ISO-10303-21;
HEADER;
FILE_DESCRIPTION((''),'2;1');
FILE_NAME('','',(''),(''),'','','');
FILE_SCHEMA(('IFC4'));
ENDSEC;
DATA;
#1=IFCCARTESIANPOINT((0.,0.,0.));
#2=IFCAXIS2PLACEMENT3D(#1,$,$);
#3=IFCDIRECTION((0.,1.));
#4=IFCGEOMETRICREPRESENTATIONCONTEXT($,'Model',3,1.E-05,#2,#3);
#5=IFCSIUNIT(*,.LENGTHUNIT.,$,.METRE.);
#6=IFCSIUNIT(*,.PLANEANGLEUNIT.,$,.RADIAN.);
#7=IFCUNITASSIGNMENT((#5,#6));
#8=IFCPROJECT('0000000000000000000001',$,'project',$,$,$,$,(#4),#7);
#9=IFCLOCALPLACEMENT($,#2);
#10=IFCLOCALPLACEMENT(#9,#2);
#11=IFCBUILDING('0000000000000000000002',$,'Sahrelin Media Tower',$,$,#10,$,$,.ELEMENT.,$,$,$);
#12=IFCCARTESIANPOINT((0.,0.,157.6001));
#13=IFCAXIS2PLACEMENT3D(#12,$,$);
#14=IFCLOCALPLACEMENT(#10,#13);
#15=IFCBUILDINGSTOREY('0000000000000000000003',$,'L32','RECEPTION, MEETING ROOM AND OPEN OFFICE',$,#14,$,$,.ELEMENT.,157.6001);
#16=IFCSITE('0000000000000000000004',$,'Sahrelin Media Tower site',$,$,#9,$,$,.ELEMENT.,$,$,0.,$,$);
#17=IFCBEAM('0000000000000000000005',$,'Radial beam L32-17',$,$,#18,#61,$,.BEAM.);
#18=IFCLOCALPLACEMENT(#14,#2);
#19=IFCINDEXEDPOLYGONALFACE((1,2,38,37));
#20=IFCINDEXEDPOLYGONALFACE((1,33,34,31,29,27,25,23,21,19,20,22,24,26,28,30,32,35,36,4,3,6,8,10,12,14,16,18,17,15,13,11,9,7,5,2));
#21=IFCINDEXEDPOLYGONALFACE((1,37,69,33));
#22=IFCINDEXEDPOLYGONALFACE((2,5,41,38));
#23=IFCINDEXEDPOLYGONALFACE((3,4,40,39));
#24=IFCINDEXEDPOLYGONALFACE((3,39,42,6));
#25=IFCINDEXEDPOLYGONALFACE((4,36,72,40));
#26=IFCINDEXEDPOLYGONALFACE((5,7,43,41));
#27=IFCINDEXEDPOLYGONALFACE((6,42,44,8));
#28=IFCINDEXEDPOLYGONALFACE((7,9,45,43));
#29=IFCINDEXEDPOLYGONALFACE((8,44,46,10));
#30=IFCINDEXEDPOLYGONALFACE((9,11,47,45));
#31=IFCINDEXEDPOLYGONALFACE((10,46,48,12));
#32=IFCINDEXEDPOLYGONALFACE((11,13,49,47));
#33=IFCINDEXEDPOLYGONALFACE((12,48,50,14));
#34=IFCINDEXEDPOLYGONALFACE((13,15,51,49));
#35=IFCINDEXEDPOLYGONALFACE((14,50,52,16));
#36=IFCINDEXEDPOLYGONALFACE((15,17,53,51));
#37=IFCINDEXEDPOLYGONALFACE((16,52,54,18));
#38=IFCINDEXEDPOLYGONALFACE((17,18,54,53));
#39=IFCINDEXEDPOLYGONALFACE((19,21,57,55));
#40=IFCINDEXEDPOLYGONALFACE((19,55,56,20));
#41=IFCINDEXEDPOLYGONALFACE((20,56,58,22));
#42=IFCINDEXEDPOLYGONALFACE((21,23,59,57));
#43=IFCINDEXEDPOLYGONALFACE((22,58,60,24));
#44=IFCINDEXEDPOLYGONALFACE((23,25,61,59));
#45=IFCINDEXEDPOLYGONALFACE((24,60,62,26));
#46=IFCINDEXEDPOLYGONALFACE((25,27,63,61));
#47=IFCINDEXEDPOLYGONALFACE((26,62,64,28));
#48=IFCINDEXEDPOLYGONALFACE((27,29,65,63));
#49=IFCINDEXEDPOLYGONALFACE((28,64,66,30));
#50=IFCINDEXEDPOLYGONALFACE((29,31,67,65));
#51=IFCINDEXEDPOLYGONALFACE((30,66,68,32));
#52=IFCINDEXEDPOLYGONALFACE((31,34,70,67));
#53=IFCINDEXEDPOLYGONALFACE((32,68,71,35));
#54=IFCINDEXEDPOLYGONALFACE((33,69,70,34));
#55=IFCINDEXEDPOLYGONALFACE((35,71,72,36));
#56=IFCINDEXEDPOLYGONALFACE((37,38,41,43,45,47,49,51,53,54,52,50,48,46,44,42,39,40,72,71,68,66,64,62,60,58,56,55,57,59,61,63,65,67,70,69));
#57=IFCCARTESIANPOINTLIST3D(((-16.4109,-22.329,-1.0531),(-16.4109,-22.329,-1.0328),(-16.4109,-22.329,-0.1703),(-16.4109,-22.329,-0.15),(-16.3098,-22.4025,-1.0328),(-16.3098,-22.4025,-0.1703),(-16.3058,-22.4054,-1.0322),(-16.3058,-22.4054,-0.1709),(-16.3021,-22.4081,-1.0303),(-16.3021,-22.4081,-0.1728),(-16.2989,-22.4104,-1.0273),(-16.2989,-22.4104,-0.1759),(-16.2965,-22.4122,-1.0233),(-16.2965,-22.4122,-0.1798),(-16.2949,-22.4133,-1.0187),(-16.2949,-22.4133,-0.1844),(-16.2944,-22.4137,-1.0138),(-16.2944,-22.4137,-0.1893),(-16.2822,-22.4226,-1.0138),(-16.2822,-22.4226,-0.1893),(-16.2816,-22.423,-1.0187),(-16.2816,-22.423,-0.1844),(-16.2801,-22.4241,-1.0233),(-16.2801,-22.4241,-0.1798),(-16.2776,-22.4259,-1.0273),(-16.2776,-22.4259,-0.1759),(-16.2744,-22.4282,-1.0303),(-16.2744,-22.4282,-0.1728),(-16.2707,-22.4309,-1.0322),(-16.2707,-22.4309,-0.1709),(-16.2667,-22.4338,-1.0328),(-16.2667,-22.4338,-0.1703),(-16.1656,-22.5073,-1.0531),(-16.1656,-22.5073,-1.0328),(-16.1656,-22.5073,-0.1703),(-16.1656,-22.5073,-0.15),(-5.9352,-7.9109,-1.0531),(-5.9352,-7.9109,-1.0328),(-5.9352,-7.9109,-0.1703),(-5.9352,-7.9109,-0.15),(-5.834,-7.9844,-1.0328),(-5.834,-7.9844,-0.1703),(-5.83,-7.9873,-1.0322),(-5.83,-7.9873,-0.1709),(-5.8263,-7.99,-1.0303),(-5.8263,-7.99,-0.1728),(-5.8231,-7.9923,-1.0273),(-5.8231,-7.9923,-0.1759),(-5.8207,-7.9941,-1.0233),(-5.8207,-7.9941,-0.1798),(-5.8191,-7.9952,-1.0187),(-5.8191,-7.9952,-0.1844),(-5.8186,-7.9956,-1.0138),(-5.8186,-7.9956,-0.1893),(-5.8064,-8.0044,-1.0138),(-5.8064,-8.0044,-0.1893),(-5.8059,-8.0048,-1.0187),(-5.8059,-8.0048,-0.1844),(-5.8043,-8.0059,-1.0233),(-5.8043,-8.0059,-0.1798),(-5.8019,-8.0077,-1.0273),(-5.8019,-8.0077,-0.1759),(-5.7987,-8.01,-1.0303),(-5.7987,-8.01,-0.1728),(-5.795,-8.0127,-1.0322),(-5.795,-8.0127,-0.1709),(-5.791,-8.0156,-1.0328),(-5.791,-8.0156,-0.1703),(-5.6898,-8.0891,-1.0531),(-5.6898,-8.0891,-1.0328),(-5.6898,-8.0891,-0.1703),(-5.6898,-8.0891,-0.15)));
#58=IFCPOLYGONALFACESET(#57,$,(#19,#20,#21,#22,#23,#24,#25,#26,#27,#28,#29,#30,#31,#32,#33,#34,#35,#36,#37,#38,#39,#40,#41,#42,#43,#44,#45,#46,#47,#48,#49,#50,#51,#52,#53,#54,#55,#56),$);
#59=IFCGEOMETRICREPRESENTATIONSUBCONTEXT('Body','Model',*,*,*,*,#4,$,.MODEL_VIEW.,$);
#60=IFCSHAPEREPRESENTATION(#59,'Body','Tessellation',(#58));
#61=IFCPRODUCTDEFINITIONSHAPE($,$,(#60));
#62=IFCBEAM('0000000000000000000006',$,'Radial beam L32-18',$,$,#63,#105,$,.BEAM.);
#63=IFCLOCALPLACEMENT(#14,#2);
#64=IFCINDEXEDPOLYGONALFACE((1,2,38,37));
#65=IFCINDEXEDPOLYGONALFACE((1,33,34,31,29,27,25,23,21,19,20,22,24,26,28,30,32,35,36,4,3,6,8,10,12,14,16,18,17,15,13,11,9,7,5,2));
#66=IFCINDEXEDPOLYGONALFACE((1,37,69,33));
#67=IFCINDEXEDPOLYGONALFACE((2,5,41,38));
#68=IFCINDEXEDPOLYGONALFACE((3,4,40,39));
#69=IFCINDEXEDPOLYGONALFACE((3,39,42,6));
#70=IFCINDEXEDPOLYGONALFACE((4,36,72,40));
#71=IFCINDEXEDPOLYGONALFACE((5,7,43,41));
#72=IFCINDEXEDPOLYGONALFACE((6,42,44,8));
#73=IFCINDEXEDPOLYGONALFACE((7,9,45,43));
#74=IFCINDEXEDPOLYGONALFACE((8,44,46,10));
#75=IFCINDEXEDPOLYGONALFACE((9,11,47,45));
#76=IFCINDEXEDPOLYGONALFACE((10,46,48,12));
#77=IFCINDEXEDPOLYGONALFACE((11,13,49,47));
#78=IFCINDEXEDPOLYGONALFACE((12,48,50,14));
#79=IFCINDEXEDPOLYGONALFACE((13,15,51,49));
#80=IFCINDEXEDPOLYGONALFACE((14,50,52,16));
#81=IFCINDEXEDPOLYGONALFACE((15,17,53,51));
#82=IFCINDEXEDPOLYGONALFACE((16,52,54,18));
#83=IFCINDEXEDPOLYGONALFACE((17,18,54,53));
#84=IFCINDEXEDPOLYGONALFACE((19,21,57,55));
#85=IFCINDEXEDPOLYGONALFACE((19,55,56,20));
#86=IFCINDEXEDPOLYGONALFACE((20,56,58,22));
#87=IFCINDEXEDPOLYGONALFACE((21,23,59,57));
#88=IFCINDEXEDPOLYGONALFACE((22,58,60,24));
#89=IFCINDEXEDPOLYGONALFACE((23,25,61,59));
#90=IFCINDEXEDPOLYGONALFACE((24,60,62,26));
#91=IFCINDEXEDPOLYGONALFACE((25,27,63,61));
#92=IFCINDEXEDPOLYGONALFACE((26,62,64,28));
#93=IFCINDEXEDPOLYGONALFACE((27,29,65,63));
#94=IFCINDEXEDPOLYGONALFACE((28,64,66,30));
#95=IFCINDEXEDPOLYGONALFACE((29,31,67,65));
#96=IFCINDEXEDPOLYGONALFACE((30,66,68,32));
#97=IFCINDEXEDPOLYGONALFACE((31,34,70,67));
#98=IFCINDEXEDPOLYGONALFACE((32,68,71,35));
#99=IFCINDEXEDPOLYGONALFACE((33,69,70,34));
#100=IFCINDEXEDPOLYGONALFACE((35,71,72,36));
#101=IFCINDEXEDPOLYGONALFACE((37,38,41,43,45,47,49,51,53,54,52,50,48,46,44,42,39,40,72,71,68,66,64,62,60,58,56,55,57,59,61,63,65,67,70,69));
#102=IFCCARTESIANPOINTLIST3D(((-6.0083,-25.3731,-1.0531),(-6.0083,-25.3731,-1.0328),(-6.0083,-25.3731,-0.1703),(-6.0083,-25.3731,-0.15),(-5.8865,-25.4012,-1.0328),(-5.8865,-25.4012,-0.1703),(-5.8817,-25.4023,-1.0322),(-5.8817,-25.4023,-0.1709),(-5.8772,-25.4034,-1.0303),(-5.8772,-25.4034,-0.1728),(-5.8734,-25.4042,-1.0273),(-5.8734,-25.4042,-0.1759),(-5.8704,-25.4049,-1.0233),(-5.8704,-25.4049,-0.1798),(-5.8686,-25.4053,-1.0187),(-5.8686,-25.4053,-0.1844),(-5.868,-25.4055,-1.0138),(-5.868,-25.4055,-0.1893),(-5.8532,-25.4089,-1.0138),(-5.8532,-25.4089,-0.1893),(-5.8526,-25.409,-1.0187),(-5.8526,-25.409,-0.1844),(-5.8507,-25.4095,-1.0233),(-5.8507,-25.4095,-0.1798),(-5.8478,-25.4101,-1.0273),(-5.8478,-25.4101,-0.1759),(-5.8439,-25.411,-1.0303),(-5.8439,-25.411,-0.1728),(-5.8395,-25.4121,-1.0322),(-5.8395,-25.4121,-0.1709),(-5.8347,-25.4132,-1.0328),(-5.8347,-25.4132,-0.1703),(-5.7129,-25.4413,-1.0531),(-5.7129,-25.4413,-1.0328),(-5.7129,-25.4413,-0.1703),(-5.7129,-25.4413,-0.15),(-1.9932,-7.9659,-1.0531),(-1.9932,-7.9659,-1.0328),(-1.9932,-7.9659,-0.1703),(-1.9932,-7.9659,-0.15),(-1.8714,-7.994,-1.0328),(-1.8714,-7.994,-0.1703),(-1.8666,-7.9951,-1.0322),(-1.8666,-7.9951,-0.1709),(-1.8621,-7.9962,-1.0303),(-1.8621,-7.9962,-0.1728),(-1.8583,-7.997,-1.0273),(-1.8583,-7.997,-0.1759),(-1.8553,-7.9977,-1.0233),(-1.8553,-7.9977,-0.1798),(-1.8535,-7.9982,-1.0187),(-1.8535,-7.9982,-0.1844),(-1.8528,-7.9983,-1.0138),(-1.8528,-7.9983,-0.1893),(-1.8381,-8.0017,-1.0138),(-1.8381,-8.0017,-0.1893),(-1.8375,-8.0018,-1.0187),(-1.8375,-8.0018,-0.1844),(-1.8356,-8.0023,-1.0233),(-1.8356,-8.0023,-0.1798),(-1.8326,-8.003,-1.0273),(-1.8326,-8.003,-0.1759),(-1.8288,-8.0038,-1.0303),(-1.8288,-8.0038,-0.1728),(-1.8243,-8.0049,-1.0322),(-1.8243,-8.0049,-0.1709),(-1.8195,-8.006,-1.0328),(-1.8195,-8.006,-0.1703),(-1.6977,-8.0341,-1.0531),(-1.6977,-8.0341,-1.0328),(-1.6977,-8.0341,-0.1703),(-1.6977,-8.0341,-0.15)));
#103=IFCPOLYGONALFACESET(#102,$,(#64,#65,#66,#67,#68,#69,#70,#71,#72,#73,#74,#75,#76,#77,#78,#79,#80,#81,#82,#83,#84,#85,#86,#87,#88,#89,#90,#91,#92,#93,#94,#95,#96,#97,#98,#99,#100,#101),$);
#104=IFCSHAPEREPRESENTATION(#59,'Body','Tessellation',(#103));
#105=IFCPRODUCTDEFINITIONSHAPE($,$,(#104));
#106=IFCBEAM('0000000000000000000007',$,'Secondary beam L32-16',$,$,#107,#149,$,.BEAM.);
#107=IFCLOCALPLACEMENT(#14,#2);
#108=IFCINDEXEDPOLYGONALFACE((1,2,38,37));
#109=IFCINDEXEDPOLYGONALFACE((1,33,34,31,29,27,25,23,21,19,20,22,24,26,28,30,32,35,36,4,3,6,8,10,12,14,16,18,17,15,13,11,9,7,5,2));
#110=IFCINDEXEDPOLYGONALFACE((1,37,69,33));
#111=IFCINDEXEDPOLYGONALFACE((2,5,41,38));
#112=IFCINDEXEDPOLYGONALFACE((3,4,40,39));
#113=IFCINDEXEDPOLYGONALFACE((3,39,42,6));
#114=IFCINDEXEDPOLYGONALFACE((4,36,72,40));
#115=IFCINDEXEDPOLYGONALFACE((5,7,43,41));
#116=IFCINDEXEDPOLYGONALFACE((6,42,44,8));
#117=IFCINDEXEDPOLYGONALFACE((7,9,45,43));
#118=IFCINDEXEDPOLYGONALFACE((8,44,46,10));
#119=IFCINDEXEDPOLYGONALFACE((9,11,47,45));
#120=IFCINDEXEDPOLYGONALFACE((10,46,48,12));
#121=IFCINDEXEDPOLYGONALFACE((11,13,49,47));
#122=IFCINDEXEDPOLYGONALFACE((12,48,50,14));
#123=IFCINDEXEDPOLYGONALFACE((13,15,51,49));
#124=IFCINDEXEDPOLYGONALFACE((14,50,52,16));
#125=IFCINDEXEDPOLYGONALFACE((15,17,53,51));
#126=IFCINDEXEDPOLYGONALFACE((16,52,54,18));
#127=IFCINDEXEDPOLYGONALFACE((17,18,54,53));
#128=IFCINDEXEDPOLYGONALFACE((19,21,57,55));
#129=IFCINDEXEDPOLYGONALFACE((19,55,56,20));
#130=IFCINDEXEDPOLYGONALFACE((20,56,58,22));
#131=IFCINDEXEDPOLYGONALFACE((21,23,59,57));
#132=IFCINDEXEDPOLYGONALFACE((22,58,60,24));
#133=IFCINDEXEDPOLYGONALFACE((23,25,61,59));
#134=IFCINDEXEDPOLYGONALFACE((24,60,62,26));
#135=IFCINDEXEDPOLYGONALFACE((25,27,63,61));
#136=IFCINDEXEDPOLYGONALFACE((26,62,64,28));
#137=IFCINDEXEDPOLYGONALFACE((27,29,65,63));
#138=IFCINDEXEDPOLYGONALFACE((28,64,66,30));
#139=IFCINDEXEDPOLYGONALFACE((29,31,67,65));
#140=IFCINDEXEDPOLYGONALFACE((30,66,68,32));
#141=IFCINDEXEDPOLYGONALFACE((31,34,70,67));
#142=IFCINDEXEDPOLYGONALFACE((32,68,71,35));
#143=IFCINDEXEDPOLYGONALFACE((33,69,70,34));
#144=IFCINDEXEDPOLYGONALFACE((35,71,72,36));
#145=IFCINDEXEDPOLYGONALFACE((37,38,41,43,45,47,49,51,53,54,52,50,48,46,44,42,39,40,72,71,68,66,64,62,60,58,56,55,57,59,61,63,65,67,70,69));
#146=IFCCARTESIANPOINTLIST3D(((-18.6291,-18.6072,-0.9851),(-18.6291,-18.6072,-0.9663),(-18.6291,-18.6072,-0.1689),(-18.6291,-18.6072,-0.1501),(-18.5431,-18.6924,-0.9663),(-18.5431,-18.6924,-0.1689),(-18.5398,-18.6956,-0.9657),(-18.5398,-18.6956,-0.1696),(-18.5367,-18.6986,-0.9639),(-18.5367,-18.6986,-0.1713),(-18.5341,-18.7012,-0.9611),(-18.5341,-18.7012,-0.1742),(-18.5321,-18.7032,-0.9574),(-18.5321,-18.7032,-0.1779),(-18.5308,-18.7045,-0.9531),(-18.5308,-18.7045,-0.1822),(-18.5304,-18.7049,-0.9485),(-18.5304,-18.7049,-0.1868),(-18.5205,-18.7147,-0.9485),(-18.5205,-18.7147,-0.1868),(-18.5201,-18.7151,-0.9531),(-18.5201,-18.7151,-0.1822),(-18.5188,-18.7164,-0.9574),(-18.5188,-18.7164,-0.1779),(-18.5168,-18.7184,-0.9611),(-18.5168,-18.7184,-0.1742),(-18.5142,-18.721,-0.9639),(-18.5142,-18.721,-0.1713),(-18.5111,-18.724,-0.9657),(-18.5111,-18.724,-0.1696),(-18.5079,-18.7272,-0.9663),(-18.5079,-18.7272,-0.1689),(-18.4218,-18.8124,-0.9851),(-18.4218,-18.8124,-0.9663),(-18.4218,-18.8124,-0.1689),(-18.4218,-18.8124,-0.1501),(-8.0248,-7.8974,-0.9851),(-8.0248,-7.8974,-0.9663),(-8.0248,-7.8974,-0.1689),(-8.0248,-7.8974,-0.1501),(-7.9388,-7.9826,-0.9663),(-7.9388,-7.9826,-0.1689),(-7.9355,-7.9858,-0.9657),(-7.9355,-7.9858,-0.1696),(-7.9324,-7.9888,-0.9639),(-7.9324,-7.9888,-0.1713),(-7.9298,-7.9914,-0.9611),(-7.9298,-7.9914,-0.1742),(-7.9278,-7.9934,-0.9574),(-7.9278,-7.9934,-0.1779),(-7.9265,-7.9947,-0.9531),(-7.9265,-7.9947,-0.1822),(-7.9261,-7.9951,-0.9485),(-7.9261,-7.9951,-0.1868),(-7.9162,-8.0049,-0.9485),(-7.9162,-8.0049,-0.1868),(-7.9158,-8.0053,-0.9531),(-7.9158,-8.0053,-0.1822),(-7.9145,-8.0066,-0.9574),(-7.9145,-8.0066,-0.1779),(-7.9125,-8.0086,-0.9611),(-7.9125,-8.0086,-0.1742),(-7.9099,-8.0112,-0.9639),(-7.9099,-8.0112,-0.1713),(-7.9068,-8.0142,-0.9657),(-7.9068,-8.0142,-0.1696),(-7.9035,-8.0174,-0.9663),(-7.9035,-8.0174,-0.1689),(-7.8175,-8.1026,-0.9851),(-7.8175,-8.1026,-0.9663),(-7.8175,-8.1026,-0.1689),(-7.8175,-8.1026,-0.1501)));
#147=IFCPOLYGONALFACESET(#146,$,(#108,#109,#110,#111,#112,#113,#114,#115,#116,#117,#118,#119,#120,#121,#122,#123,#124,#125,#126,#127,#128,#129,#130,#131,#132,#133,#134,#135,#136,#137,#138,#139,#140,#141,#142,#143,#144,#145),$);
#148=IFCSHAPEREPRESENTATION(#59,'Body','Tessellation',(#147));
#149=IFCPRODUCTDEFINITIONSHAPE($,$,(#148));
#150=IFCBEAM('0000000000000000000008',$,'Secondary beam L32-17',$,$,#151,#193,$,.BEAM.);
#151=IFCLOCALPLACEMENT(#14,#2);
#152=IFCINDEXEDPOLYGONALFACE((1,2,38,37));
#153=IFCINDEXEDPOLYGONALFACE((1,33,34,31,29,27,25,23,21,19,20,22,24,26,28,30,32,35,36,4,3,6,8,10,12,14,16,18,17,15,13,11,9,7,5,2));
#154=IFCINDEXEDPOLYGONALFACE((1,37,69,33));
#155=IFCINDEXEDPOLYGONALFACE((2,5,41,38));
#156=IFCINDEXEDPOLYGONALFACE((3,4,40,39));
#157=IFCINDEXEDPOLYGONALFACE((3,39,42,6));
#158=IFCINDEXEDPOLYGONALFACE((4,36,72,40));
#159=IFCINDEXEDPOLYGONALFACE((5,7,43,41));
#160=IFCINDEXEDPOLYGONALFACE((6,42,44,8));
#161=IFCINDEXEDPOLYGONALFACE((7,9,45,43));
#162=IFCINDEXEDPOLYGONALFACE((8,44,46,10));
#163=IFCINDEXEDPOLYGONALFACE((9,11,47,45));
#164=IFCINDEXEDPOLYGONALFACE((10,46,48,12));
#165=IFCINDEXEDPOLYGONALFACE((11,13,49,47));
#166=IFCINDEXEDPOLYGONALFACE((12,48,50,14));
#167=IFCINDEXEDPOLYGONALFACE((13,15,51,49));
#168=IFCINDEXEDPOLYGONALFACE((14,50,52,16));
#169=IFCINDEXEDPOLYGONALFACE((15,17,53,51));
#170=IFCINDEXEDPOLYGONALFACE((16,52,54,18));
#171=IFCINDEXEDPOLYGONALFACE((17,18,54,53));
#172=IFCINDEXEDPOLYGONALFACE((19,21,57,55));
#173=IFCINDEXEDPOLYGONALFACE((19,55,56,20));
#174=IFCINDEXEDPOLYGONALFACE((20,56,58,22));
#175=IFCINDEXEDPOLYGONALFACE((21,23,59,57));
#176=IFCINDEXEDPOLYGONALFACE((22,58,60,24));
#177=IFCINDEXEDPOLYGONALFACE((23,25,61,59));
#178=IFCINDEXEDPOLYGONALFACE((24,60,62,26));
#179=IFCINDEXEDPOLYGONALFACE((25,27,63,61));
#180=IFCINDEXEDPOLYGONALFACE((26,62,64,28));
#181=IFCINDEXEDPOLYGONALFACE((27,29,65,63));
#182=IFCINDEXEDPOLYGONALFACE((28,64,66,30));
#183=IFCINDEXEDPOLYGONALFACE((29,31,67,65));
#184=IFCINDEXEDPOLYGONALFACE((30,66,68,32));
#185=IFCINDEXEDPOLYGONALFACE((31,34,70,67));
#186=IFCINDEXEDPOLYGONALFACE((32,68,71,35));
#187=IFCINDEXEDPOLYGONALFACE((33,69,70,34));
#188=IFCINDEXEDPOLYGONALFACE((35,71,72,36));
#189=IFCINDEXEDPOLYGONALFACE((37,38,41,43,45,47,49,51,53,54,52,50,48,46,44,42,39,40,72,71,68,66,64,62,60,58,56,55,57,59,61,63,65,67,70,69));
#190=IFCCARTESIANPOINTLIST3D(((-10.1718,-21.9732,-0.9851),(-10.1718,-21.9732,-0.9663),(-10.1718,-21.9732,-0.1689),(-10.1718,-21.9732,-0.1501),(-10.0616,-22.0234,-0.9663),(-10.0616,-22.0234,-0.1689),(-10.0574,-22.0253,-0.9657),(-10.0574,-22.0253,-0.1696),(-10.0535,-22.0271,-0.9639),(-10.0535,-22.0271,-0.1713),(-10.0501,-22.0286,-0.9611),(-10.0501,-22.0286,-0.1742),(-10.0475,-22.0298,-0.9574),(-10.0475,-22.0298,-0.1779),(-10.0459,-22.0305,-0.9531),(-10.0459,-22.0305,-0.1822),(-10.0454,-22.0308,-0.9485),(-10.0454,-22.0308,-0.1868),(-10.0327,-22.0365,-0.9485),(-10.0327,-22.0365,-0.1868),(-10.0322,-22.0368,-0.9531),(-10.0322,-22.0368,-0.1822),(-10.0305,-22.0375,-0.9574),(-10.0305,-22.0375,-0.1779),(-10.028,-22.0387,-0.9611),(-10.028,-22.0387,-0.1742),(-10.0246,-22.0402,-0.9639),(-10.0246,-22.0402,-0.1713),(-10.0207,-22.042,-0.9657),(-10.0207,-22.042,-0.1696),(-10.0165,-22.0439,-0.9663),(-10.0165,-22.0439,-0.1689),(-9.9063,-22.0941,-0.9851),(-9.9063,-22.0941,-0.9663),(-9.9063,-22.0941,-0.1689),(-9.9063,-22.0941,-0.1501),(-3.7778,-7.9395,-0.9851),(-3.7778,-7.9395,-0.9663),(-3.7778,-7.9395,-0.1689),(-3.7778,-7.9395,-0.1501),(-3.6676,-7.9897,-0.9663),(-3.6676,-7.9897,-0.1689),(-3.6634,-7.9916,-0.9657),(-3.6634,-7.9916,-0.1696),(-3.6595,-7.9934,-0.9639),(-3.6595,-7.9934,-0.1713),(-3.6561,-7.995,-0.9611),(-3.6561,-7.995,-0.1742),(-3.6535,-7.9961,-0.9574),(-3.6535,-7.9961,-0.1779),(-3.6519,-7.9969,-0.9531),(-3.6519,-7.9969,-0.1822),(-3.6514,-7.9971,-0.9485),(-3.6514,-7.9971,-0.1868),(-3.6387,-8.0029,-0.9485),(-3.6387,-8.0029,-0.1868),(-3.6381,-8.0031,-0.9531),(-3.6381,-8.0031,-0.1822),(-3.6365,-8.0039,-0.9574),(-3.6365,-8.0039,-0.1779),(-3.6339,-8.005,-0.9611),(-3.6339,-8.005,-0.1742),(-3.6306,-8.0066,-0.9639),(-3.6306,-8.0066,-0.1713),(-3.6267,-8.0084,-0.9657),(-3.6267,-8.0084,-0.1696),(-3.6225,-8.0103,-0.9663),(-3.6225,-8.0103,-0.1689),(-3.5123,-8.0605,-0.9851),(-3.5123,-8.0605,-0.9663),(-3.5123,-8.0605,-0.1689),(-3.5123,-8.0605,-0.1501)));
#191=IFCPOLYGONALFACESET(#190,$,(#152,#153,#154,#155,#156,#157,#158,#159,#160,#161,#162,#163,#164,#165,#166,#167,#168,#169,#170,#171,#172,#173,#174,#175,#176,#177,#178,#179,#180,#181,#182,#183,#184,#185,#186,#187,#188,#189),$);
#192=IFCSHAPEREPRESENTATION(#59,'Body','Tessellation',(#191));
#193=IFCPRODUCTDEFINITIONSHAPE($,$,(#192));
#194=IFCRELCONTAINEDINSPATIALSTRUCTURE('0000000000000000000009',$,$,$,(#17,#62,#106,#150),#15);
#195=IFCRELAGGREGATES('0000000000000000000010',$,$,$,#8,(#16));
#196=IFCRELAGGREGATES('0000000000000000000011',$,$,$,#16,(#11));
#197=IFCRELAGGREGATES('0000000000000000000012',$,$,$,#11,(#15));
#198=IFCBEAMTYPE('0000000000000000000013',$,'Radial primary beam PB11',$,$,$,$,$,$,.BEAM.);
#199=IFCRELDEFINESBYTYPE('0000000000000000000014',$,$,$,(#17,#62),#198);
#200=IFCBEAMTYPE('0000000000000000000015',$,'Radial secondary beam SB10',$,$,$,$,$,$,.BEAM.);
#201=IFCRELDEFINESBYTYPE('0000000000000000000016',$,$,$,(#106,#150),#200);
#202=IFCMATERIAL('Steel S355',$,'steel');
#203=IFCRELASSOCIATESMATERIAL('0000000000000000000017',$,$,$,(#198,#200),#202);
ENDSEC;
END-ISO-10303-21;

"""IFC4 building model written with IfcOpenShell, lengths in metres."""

from ifc_helpers import new_model, si_unit, direction, frame, origin, origin_2d, place, context, subcontext, project, spatial, i_section, extrude, material, material_profile, profile_set, type_object, element, save


model = new_model("IFC4")

# Units and contexts
model_context = context("Model", 3, precision=1e-05, world=origin(), true_north=direction((0.0, 1.0)))
body_context = subcontext(model_context, "Body", "Model", "MODEL_VIEW")
ifc_project = project(units=[si_unit("LENGTHUNIT", "METRE"), si_unit("PLANEANGLEUNIT", "RADIAN")], contexts=[model_context])

# Site, building, storey
site_placement = place(None, origin())
site = spatial("IfcSite", under=ifc_project, at=site_placement, Name="Sahrelin Media Tower site", CompositionType="ELEMENT", RefElevation=0.0)
building_placement = place(site_placement, origin())
building = spatial("IfcBuilding", under=site, at=building_placement, Name="Sahrelin Media Tower", CompositionType="ELEMENT")
storey_placement = place(building_placement, frame((0.0, 0.0, 157.6001)))
storey = spatial("IfcBuildingStorey", under=building, at=storey_placement, Name="L32", Description="RECEPTION, MEETING ROOM AND OPEN OFFICE", CompositionType="ELEMENT", Elevation=157.6001)

# Beams
ifc_material_1 = material(Name="Steel S355", Category="steel")
ifc_material_profile_1 = material_profile(ifc_material_1, i_section(OverallWidth=0.3032, OverallDepth=0.9031, WebThickness=0.0151, FlangeThickness=0.0203, FilletRadius=0.019, at=origin_2d()), Name="UB 914x305x201")
ifc_profile_set_1 = profile_set([ifc_material_profile_1], Name="Steel S355")
beam_type_1 = type_object("IfcBeamType", Name="Radial primary beam PB11", PredefinedType="BEAM", material=ifc_profile_set_1)
beam_1_placement = place(storey_placement, frame((-5.8125, -8.0, -0.6016), z_axis=(-0.587799, -0.809007, 0.0), x_axis=(0.809007, -0.587799, 0.0)))
element("IfcBeam", 1, at=beam_1_placement, inside=storey, type_object=beam_type_1, Name="Radial beam L32-17", PredefinedType="BEAM", context=body_context, shape_type="SweptSolid", body=[
    extrude(i_section(OverallWidth=0.3032, OverallDepth=0.9031, WebThickness=0.0151, FlangeThickness=0.0203, FilletRadius=0.019, at=origin_2d()), origin(), (0.0, 0.0, 1.0), 17.822),
])
beam_2_placement = place(storey_placement, frame((-1.8455, -8.0, -0.6016), z_axis=(-0.224758, -0.974415, 0.0), x_axis=(0.974415, -0.224758, 0.0)))
element("IfcBeam", 2, at=beam_2_placement, inside=storey, type_object=beam_type_1, Name="Radial beam L32-18", PredefinedType="BEAM", context=body_context, shape_type="SweptSolid", body=[
    extrude(i_section(OverallWidth=0.3032, OverallDepth=0.9031, WebThickness=0.0151, FlangeThickness=0.0203, FilletRadius=0.019, at=origin_2d()), origin(), (0.0, 0.0, 1.0), 17.8643),
])
ifc_material_profile_2 = material_profile(ifc_material_1, i_section(OverallWidth=0.2917, OverallDepth=0.835, WebThickness=0.0139, FlangeThickness=0.0188, FilletRadius=0.0178, at=origin_2d()), Name="UB 838x292x176")
ifc_profile_set_2 = profile_set([ifc_material_profile_2], Name="Steel S355")
beam_type_2 = type_object("IfcBeamType", Name="Radial secondary beam SB10", PredefinedType="BEAM", material=ifc_profile_set_2)
beam_3_placement = place(storey_placement, frame((-7.9211, -8.0, -0.5676), z_axis=(-0.703599, -0.710597, 0.0), x_axis=(0.710597, -0.703599, 0.0)))
element("IfcBeam", 3, at=beam_3_placement, inside=storey, type_object=beam_type_2, Name="Secondary beam L32-16", PredefinedType="BEAM", context=body_context, shape_type="SweptSolid", body=[
    extrude(i_section(OverallWidth=0.2917, OverallDepth=0.835, WebThickness=0.0139, FlangeThickness=0.0188, FilletRadius=0.0178, at=origin_2d()), origin(), (0.0, 0.0, 1.0), 15.0715),
])
beam_4_placement = place(storey_placement, frame((-3.645, -8.0, -0.5676), z_axis=(-0.414614, -0.909997, 0.0), x_axis=(0.909997, -0.414614, 0.0)))
element("IfcBeam", 4, at=beam_4_placement, inside=storey, type_object=beam_type_2, Name="Secondary beam L32-17", PredefinedType="BEAM", context=body_context, shape_type="SweptSolid", body=[
    extrude(i_section(OverallWidth=0.2917, OverallDepth=0.835, WebThickness=0.0139, FlangeThickness=0.0188, FilletRadius=0.0178, at=origin_2d()), origin(), (0.0, 0.0, 1.0), 15.4216),
])

save(model, "model.ifc")
